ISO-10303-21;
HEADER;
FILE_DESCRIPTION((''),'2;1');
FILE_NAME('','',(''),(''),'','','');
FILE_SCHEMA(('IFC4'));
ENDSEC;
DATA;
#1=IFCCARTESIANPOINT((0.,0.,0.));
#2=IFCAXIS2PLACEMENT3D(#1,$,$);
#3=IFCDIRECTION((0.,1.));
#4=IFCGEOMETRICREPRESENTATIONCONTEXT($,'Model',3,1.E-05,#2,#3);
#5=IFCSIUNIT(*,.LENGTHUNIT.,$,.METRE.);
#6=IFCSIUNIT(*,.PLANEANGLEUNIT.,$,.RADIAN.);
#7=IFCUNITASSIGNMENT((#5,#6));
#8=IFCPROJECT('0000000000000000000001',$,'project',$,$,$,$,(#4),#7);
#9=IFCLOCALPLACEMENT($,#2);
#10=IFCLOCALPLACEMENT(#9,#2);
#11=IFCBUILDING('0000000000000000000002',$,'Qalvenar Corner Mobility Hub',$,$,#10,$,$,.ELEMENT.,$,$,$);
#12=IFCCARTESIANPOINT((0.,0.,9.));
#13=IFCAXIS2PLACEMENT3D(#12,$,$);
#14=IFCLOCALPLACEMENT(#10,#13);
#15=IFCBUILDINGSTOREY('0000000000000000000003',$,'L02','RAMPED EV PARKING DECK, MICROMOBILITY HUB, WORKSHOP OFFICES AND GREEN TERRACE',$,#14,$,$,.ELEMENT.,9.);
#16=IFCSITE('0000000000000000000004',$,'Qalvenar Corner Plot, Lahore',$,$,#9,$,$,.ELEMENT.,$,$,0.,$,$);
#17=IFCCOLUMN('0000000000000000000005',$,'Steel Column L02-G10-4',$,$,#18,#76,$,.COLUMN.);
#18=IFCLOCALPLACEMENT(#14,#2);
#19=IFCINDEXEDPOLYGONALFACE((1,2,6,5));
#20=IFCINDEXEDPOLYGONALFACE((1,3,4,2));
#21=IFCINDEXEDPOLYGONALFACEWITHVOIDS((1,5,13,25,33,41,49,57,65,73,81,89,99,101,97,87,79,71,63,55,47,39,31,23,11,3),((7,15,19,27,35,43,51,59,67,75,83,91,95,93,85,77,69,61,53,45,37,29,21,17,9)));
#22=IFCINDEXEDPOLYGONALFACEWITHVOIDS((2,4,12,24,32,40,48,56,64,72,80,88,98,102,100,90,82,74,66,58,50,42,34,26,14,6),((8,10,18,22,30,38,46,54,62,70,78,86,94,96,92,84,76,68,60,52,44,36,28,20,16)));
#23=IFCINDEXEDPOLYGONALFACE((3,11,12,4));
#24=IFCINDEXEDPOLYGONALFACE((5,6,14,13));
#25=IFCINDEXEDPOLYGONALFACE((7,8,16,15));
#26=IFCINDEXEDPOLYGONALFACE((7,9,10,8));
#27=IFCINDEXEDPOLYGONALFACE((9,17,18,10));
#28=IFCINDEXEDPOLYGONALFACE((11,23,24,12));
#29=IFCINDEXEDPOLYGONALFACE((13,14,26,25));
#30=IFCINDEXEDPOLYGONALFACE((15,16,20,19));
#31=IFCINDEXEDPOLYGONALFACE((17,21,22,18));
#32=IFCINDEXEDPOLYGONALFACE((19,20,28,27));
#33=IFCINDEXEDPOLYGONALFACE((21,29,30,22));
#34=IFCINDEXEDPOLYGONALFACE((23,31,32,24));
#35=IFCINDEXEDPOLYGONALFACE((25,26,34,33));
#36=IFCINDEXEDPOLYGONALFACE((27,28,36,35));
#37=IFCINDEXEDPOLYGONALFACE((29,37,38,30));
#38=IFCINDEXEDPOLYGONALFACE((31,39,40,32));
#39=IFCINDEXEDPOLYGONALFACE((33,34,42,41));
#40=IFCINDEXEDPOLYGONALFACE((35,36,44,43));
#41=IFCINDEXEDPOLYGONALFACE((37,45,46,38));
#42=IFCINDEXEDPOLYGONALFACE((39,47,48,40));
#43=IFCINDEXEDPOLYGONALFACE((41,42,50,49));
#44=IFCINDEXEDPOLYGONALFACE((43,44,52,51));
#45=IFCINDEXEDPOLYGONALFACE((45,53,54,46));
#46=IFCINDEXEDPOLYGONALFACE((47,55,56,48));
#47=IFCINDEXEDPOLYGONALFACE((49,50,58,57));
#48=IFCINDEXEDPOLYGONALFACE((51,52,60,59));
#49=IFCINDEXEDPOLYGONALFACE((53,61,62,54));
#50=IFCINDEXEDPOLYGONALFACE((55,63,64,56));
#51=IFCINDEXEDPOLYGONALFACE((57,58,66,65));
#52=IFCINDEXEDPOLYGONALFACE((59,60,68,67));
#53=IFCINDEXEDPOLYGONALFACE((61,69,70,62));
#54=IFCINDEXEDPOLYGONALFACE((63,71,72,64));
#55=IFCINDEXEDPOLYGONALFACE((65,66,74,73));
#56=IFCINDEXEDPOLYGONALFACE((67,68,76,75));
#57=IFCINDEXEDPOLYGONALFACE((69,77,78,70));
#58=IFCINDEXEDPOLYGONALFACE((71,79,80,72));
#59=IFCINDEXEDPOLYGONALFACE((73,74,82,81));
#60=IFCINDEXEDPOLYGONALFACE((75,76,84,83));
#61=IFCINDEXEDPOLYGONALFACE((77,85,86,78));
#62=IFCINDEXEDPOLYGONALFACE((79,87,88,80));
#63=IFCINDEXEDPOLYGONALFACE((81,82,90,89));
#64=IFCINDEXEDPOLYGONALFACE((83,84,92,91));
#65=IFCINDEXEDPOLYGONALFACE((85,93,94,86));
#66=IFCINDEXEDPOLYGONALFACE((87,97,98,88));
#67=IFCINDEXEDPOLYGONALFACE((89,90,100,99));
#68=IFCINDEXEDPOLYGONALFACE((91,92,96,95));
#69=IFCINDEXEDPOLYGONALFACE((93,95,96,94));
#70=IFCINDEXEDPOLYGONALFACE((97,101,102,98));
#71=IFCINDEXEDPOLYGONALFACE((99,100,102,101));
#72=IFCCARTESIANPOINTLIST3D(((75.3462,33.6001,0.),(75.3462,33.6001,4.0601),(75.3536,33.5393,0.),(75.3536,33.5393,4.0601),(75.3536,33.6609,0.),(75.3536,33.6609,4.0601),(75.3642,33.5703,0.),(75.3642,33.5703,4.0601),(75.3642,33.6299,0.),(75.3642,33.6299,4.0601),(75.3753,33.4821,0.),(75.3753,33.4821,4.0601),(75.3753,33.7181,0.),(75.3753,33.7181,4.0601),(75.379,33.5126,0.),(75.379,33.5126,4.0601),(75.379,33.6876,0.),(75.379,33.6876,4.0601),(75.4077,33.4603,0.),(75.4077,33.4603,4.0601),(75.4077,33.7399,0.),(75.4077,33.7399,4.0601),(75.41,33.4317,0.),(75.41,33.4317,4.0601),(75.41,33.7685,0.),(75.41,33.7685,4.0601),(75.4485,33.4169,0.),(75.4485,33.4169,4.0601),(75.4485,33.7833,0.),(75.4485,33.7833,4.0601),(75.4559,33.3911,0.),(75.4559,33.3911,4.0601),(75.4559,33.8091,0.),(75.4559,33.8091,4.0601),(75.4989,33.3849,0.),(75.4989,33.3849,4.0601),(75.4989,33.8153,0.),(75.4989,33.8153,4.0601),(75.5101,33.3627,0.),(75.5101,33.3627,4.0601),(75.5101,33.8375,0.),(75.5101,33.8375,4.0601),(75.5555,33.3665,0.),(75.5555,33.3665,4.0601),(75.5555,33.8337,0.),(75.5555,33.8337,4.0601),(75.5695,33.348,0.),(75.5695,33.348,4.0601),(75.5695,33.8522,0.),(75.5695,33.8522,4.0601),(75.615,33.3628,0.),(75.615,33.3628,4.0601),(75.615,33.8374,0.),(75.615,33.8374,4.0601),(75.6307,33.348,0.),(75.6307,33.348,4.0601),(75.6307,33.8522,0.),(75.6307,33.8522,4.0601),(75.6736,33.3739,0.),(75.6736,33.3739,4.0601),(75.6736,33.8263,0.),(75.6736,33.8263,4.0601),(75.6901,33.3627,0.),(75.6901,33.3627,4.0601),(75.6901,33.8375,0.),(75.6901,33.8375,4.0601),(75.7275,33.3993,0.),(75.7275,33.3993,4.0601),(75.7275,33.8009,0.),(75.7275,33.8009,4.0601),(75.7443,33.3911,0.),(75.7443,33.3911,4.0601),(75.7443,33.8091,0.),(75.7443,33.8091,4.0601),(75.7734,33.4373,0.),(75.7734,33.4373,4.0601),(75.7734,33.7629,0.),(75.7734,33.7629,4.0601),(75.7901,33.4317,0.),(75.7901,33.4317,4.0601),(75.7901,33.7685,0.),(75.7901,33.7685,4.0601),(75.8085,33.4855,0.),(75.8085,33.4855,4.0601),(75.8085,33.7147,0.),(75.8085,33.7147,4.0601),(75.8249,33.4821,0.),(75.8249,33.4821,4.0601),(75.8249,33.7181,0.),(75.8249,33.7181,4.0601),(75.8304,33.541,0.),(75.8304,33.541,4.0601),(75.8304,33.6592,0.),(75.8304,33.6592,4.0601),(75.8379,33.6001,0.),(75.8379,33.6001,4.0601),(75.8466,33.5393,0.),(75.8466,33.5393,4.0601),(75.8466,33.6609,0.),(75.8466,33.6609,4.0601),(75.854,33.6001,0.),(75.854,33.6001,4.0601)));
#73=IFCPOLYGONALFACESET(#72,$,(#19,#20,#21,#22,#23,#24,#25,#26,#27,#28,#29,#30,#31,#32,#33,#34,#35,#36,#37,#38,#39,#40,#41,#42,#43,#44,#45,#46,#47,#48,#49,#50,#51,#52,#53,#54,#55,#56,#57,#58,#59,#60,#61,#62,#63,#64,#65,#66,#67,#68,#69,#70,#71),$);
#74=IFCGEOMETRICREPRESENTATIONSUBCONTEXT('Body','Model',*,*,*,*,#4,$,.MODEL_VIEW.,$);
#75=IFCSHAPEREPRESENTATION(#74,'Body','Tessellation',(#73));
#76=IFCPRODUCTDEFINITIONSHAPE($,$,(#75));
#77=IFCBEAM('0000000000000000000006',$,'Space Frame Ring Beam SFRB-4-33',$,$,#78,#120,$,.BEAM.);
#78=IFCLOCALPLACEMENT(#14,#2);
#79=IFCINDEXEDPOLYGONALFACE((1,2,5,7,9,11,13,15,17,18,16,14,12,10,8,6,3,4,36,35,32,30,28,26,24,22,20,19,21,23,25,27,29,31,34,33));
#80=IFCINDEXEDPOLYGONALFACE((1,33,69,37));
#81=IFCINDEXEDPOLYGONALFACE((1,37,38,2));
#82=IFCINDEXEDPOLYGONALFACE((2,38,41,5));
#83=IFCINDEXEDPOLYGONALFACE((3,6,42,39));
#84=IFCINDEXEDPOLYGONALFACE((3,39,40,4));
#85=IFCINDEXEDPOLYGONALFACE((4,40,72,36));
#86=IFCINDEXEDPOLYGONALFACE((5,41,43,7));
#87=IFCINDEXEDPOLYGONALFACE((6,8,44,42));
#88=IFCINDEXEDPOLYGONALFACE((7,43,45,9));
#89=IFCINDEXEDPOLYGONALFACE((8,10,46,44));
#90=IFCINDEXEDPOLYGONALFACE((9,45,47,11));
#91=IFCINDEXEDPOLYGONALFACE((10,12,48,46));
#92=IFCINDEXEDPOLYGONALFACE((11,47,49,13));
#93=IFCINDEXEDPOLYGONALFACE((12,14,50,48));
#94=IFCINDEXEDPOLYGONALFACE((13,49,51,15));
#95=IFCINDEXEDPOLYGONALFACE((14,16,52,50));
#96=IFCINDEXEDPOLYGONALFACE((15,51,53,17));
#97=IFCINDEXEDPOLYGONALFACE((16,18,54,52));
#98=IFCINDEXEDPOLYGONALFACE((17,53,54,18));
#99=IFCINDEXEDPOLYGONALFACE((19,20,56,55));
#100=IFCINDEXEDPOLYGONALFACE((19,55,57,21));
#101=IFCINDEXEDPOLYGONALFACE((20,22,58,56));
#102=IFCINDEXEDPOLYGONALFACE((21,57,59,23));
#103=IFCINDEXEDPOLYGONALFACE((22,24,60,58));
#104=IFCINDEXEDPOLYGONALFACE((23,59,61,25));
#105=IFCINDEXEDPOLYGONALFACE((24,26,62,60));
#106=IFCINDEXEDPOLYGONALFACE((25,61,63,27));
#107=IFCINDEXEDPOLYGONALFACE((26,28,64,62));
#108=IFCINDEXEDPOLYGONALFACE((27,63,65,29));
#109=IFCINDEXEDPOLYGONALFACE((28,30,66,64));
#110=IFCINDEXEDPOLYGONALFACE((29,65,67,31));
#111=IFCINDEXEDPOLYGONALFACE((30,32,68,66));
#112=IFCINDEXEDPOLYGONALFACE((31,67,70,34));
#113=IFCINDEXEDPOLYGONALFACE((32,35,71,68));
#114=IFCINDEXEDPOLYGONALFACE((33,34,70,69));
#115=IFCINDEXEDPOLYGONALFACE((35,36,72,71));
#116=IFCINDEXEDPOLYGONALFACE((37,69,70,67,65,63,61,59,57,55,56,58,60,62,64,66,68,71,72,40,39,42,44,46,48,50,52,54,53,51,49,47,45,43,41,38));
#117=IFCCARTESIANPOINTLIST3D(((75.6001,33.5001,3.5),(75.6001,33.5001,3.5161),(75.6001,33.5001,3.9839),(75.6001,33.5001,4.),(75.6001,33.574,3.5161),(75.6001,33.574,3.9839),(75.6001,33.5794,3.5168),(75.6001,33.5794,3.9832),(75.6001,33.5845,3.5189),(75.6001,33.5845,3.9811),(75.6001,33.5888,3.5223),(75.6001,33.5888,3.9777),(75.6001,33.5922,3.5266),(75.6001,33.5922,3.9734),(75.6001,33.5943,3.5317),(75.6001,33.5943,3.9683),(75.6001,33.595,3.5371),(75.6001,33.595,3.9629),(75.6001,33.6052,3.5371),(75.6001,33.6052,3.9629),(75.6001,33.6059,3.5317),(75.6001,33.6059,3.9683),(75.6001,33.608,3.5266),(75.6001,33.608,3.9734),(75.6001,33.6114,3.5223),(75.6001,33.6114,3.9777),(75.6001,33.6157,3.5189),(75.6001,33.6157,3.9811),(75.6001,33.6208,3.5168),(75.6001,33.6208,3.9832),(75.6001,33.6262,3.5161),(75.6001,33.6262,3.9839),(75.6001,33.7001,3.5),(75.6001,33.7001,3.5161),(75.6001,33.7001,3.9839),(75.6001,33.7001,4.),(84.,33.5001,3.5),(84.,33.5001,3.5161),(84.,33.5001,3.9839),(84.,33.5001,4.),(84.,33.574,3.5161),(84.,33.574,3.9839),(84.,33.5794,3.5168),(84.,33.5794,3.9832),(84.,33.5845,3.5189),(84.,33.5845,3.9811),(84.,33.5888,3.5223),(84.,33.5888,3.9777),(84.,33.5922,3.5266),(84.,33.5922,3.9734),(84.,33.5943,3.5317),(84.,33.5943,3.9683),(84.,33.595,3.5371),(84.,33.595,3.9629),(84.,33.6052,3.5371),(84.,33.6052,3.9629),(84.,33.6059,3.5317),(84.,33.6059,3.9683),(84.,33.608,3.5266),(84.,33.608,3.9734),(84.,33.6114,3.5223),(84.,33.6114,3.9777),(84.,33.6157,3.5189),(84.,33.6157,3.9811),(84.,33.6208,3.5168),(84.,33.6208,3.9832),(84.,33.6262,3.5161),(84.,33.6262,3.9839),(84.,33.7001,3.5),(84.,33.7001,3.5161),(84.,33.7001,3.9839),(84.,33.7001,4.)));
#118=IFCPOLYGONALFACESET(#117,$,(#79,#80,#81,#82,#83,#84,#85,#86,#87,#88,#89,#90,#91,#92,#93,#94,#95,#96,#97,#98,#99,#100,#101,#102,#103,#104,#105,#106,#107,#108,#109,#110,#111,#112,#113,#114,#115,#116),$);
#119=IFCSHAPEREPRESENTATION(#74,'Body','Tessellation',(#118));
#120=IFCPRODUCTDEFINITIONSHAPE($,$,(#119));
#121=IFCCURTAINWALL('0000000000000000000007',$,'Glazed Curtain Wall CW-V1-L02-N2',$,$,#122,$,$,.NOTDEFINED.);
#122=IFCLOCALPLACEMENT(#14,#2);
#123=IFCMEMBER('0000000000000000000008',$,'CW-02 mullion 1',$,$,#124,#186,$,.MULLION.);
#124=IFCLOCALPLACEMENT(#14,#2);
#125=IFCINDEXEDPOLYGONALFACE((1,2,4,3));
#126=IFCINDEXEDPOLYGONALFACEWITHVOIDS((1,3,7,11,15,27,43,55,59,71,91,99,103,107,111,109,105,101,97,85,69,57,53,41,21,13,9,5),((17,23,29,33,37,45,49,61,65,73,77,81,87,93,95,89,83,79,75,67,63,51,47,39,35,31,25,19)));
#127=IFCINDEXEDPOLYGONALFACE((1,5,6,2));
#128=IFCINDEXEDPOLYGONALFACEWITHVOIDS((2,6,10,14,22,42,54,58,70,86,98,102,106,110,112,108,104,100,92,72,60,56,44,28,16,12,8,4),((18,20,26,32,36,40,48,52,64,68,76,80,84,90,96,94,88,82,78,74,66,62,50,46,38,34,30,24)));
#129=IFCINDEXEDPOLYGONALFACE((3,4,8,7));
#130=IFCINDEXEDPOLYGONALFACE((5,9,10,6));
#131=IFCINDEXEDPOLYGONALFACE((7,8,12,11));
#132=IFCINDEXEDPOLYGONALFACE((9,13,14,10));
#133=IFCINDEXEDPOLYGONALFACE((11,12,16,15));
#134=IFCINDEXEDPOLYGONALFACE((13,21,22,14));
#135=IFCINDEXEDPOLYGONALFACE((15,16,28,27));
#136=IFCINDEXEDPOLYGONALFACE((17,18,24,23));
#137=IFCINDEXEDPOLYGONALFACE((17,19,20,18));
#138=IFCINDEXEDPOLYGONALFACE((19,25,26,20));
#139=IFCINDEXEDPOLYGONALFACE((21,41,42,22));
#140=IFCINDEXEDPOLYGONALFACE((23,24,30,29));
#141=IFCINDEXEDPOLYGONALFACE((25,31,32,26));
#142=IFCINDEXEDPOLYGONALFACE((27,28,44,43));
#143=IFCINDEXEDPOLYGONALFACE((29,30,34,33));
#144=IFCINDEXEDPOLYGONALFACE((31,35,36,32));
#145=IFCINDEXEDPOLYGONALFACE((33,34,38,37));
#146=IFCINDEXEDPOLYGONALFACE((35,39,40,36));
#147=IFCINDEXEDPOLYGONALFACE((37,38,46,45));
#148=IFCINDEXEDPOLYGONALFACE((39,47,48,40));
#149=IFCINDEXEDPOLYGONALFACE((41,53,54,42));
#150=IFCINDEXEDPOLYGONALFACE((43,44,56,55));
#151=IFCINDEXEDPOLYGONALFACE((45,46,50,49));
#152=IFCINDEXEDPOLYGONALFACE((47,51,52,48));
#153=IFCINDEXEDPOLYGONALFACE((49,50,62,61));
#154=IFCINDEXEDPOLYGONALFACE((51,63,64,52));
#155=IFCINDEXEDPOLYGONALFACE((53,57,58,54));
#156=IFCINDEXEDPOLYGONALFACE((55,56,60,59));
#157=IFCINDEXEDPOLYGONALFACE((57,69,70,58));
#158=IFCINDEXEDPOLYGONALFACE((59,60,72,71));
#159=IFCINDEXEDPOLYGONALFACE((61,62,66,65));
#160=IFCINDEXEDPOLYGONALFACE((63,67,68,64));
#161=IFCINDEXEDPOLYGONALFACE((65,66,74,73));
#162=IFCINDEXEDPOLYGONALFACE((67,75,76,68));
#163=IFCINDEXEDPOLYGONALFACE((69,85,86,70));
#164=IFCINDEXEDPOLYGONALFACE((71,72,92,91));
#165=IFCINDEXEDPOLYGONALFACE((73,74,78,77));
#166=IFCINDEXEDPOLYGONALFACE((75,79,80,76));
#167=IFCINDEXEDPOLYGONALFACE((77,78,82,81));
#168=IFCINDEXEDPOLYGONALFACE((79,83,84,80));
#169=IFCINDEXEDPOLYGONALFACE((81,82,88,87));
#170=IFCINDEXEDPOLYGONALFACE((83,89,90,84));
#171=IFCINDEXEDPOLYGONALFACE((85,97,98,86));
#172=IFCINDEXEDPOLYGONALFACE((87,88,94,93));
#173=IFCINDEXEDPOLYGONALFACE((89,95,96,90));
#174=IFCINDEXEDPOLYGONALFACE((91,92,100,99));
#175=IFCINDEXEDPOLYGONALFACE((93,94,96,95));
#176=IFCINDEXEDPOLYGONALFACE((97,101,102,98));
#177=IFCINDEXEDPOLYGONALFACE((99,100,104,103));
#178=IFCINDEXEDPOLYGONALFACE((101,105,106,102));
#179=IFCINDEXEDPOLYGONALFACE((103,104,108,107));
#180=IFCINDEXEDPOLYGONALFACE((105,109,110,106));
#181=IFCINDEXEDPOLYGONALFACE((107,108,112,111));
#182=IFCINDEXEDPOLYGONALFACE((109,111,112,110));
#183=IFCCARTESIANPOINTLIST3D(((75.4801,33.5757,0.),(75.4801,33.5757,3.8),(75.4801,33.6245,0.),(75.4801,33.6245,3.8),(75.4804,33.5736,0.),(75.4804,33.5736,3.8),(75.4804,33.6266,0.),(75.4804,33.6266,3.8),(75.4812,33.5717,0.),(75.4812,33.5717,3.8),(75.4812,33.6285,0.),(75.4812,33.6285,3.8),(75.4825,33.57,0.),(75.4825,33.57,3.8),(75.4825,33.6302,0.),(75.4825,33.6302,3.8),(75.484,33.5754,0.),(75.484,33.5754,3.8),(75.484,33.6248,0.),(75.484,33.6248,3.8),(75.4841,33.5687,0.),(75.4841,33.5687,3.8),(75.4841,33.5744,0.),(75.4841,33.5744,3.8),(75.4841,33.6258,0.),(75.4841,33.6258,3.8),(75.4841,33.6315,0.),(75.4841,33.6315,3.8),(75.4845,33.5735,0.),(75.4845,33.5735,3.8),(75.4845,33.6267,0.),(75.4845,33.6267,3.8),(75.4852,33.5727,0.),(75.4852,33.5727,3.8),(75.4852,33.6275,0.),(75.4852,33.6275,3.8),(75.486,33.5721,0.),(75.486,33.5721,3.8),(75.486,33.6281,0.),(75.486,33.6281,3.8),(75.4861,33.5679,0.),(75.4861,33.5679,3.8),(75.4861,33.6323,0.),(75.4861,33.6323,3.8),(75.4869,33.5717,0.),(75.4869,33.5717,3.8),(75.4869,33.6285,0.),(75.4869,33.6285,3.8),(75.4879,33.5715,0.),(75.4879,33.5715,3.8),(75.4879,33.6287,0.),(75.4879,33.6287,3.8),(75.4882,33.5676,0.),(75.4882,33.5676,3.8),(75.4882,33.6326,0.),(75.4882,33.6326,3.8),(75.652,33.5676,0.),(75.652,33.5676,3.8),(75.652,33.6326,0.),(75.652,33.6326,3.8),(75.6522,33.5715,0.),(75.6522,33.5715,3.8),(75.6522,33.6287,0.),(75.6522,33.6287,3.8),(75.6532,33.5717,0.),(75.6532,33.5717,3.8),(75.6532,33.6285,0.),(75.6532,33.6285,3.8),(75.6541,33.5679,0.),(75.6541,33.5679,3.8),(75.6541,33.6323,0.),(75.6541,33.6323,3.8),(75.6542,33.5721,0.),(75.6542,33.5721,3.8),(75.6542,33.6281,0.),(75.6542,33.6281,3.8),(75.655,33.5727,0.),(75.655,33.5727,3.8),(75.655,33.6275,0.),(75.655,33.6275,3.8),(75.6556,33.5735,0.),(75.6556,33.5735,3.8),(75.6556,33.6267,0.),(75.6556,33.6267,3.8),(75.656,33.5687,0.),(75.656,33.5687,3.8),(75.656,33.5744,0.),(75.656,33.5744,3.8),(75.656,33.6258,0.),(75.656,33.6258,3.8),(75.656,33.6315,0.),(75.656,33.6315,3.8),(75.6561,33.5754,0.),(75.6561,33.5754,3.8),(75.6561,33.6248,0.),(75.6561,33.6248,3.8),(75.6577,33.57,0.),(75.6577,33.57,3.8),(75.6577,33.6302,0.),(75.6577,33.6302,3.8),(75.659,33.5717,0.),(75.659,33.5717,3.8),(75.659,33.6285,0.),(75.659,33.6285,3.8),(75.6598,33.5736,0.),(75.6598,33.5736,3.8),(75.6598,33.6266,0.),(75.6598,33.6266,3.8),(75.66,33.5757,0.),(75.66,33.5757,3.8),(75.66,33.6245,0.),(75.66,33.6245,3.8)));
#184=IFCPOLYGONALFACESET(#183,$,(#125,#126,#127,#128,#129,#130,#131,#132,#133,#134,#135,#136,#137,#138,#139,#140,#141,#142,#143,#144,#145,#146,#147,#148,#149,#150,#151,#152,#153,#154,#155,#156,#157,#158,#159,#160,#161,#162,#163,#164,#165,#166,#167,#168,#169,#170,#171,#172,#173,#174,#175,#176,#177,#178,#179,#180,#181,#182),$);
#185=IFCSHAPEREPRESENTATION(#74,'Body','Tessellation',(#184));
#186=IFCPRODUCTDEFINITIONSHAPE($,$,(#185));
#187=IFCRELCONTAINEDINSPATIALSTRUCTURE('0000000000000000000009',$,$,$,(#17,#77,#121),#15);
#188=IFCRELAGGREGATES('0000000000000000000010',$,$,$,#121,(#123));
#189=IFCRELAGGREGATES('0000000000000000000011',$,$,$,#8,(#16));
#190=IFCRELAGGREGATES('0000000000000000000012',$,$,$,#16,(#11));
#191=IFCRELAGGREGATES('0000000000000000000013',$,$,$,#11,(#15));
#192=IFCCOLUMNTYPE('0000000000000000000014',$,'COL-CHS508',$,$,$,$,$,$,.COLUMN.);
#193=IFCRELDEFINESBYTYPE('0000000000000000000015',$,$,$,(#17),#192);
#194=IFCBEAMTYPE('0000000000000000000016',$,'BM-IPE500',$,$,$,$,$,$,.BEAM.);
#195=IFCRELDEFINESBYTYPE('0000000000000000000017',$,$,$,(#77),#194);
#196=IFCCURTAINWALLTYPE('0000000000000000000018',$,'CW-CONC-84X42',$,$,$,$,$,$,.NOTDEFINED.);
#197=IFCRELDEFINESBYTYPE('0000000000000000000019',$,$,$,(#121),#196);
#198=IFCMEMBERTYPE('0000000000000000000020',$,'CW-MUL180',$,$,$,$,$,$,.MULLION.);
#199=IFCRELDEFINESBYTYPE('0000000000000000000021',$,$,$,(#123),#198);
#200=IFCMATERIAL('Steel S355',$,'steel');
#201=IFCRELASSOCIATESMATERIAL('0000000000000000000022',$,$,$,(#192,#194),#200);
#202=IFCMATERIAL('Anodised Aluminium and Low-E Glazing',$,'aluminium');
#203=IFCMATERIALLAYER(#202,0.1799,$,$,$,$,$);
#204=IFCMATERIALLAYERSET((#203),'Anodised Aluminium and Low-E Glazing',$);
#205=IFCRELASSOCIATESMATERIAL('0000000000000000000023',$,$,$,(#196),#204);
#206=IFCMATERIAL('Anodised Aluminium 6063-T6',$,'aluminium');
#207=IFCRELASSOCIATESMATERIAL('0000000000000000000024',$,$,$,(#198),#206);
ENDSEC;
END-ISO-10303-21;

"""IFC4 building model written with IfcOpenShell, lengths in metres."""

from ifc_helpers import new_model, si_unit, direction, frame, origin, origin_2d, place, context, subcontext, project, spatial, hollow_rectangle, hollow_circle, i_section, extrude, material, layer, layer_set, material_profile, profile_set, type_object, element, aggregate, save


model = new_model("IFC4")

# Units and contexts
model_context = context("Model", 3, precision=1e-05, world=origin(), true_north=direction((0.0, 1.0)))
body_context = subcontext(model_context, "Body", "Model", "MODEL_VIEW")
ifc_project = project(units=[si_unit("LENGTHUNIT", "METRE"), si_unit("PLANEANGLEUNIT", "RADIAN")], contexts=[model_context])

# Site, building, storey
site_placement = place(None, origin())
site = spatial("IfcSite", under=ifc_project, at=site_placement, Name="Qalvenar Corner Plot, Lahore", CompositionType="ELEMENT", RefElevation=0.0)
building_placement = place(site_placement, origin())
building = spatial("IfcBuilding", under=site, at=building_placement, Name="Qalvenar Corner Mobility Hub", CompositionType="ELEMENT")
storey_placement = place(building_placement, frame((0.0, 0.0, 9.0)))
storey = spatial("IfcBuildingStorey", under=building, at=storey_placement, Name="L02", Description="RAMPED EV PARKING DECK, MICROMOBILITY HUB, WORKSHOP OFFICES AND GREEN TERRACE", CompositionType="ELEMENT", Elevation=9.0)

# Column
ifc_material_1 = material(Name="Steel S355", Category="steel")
ifc_material_profile_1 = material_profile(ifc_material_1, hollow_circle(Radius=0.2539, WallThickness=0.0161, at=origin_2d()), Name="CHS508x16")
ifc_profile_set_1 = profile_set([ifc_material_profile_1], Name="Steel S355")
column_type = type_object("IfcColumnType", Name="COL-CHS508", PredefinedType="COLUMN", material=ifc_profile_set_1)
column_placement = place(storey_placement, frame((75.6001, 33.6001, 0.0), z_axis=(0.0, 0.0, 1.0), x_axis=(1.0, 0.0, 0.0)))
element("IfcColumn", 1, at=column_placement, inside=storey, type_object=column_type, Name="Steel Column L02-G10-4", PredefinedType="COLUMN", context=body_context, shape_type="SweptSolid", body=[
    extrude(hollow_circle(Radius=0.2539, WallThickness=0.0161, at=origin_2d()), origin(), (0.0, 0.0, 1.0), 4.0601),
])

# Beam
ifc_material_profile_2 = material_profile(ifc_material_1, i_section(OverallWidth=0.2, OverallDepth=0.5, WebThickness=0.0103, FlangeThickness=0.0161, FilletRadius=0.021, at=origin_2d()), Name="IPE500")
ifc_profile_set_2 = profile_set([ifc_material_profile_2], Name="Steel S355")
beam_type = type_object("IfcBeamType", Name="BM-IPE500", PredefinedType="BEAM", material=ifc_profile_set_2)
beam_placement = place(storey_placement, frame((75.6001, 33.6001, 3.75), z_axis=(1.0, 0.0, 0.0), x_axis=(0.0, 1.0, 0.0)))
element("IfcBeam", 2, at=beam_placement, inside=storey, type_object=beam_type, Name="Space Frame Ring Beam SFRB-4-33", PredefinedType="BEAM", context=body_context, shape_type="SweptSolid", body=[
    extrude(i_section(OverallWidth=0.2, OverallDepth=0.5, WebThickness=0.0103, FlangeThickness=0.0161, FilletRadius=0.021, at=origin_2d()), origin(), (0.0, 0.0, 1.0), 8.3999),
])

# Curtain wall, member
ifc_material_2 = material(Name="Anodised Aluminium and Low-E Glazing", Category="aluminium")
ifc_layer_1 = layer(ifc_material_2, 0.1799)
ifc_layer_set_1 = layer_set([ifc_layer_1], Name="Anodised Aluminium and Low-E Glazing")
curtain_wall_type = type_object("IfcCurtainWallType", Name="CW-CONC-84X42", PredefinedType="NOTDEFINED", material=ifc_layer_set_1)
curtain_wall_placement = place(storey_placement, origin())
curtain_wall = element("IfcCurtainWall", 3, at=curtain_wall_placement, inside=storey, type_object=curtain_wall_type, Name="Glazed Curtain Wall CW-V1-L02-N2", PredefinedType="NOTDEFINED")
ifc_material_3 = material(Name="Anodised Aluminium 6063-T6", Category="aluminium")
ifc_material_profile_3 = material_profile(ifc_material_3, hollow_rectangle(XDim=0.0649, YDim=0.1799, WallThickness=0.0039, InnerFilletRadius=0.0039, OuterFilletRadius=0.0081, at=origin_2d()), Name="RHS180x65x4")
ifc_profile_set_3 = profile_set([ifc_material_profile_3], Name="Anodised Aluminium 6063-T6")
member_type_1 = type_object("IfcMemberType", Name="CW-MUL180", PredefinedType="MULLION", material=ifc_profile_set_3)
member_1_placement = place(storey_placement, frame((75.5701, 33.6001, 0.0), z_axis=(0.0, 0.0, 1.0), x_axis=(0.0, -1.0, 0.0)))
member_1 = element("IfcMember", 4, at=member_1_placement, type_object=member_type_1, Name="CW-02 mullion 1", PredefinedType="MULLION", context=body_context, shape_type="SweptSolid", body=[
    extrude(hollow_rectangle(XDim=0.0649, YDim=0.1799, WallThickness=0.0039, InnerFilletRadius=0.0039, OuterFilletRadius=0.0081, at=origin_2d()), origin(), (0.0, 0.0, 1.0), 3.8),
])

aggregate(curtain_wall, [member_1])

save(model, "model.ifc")
